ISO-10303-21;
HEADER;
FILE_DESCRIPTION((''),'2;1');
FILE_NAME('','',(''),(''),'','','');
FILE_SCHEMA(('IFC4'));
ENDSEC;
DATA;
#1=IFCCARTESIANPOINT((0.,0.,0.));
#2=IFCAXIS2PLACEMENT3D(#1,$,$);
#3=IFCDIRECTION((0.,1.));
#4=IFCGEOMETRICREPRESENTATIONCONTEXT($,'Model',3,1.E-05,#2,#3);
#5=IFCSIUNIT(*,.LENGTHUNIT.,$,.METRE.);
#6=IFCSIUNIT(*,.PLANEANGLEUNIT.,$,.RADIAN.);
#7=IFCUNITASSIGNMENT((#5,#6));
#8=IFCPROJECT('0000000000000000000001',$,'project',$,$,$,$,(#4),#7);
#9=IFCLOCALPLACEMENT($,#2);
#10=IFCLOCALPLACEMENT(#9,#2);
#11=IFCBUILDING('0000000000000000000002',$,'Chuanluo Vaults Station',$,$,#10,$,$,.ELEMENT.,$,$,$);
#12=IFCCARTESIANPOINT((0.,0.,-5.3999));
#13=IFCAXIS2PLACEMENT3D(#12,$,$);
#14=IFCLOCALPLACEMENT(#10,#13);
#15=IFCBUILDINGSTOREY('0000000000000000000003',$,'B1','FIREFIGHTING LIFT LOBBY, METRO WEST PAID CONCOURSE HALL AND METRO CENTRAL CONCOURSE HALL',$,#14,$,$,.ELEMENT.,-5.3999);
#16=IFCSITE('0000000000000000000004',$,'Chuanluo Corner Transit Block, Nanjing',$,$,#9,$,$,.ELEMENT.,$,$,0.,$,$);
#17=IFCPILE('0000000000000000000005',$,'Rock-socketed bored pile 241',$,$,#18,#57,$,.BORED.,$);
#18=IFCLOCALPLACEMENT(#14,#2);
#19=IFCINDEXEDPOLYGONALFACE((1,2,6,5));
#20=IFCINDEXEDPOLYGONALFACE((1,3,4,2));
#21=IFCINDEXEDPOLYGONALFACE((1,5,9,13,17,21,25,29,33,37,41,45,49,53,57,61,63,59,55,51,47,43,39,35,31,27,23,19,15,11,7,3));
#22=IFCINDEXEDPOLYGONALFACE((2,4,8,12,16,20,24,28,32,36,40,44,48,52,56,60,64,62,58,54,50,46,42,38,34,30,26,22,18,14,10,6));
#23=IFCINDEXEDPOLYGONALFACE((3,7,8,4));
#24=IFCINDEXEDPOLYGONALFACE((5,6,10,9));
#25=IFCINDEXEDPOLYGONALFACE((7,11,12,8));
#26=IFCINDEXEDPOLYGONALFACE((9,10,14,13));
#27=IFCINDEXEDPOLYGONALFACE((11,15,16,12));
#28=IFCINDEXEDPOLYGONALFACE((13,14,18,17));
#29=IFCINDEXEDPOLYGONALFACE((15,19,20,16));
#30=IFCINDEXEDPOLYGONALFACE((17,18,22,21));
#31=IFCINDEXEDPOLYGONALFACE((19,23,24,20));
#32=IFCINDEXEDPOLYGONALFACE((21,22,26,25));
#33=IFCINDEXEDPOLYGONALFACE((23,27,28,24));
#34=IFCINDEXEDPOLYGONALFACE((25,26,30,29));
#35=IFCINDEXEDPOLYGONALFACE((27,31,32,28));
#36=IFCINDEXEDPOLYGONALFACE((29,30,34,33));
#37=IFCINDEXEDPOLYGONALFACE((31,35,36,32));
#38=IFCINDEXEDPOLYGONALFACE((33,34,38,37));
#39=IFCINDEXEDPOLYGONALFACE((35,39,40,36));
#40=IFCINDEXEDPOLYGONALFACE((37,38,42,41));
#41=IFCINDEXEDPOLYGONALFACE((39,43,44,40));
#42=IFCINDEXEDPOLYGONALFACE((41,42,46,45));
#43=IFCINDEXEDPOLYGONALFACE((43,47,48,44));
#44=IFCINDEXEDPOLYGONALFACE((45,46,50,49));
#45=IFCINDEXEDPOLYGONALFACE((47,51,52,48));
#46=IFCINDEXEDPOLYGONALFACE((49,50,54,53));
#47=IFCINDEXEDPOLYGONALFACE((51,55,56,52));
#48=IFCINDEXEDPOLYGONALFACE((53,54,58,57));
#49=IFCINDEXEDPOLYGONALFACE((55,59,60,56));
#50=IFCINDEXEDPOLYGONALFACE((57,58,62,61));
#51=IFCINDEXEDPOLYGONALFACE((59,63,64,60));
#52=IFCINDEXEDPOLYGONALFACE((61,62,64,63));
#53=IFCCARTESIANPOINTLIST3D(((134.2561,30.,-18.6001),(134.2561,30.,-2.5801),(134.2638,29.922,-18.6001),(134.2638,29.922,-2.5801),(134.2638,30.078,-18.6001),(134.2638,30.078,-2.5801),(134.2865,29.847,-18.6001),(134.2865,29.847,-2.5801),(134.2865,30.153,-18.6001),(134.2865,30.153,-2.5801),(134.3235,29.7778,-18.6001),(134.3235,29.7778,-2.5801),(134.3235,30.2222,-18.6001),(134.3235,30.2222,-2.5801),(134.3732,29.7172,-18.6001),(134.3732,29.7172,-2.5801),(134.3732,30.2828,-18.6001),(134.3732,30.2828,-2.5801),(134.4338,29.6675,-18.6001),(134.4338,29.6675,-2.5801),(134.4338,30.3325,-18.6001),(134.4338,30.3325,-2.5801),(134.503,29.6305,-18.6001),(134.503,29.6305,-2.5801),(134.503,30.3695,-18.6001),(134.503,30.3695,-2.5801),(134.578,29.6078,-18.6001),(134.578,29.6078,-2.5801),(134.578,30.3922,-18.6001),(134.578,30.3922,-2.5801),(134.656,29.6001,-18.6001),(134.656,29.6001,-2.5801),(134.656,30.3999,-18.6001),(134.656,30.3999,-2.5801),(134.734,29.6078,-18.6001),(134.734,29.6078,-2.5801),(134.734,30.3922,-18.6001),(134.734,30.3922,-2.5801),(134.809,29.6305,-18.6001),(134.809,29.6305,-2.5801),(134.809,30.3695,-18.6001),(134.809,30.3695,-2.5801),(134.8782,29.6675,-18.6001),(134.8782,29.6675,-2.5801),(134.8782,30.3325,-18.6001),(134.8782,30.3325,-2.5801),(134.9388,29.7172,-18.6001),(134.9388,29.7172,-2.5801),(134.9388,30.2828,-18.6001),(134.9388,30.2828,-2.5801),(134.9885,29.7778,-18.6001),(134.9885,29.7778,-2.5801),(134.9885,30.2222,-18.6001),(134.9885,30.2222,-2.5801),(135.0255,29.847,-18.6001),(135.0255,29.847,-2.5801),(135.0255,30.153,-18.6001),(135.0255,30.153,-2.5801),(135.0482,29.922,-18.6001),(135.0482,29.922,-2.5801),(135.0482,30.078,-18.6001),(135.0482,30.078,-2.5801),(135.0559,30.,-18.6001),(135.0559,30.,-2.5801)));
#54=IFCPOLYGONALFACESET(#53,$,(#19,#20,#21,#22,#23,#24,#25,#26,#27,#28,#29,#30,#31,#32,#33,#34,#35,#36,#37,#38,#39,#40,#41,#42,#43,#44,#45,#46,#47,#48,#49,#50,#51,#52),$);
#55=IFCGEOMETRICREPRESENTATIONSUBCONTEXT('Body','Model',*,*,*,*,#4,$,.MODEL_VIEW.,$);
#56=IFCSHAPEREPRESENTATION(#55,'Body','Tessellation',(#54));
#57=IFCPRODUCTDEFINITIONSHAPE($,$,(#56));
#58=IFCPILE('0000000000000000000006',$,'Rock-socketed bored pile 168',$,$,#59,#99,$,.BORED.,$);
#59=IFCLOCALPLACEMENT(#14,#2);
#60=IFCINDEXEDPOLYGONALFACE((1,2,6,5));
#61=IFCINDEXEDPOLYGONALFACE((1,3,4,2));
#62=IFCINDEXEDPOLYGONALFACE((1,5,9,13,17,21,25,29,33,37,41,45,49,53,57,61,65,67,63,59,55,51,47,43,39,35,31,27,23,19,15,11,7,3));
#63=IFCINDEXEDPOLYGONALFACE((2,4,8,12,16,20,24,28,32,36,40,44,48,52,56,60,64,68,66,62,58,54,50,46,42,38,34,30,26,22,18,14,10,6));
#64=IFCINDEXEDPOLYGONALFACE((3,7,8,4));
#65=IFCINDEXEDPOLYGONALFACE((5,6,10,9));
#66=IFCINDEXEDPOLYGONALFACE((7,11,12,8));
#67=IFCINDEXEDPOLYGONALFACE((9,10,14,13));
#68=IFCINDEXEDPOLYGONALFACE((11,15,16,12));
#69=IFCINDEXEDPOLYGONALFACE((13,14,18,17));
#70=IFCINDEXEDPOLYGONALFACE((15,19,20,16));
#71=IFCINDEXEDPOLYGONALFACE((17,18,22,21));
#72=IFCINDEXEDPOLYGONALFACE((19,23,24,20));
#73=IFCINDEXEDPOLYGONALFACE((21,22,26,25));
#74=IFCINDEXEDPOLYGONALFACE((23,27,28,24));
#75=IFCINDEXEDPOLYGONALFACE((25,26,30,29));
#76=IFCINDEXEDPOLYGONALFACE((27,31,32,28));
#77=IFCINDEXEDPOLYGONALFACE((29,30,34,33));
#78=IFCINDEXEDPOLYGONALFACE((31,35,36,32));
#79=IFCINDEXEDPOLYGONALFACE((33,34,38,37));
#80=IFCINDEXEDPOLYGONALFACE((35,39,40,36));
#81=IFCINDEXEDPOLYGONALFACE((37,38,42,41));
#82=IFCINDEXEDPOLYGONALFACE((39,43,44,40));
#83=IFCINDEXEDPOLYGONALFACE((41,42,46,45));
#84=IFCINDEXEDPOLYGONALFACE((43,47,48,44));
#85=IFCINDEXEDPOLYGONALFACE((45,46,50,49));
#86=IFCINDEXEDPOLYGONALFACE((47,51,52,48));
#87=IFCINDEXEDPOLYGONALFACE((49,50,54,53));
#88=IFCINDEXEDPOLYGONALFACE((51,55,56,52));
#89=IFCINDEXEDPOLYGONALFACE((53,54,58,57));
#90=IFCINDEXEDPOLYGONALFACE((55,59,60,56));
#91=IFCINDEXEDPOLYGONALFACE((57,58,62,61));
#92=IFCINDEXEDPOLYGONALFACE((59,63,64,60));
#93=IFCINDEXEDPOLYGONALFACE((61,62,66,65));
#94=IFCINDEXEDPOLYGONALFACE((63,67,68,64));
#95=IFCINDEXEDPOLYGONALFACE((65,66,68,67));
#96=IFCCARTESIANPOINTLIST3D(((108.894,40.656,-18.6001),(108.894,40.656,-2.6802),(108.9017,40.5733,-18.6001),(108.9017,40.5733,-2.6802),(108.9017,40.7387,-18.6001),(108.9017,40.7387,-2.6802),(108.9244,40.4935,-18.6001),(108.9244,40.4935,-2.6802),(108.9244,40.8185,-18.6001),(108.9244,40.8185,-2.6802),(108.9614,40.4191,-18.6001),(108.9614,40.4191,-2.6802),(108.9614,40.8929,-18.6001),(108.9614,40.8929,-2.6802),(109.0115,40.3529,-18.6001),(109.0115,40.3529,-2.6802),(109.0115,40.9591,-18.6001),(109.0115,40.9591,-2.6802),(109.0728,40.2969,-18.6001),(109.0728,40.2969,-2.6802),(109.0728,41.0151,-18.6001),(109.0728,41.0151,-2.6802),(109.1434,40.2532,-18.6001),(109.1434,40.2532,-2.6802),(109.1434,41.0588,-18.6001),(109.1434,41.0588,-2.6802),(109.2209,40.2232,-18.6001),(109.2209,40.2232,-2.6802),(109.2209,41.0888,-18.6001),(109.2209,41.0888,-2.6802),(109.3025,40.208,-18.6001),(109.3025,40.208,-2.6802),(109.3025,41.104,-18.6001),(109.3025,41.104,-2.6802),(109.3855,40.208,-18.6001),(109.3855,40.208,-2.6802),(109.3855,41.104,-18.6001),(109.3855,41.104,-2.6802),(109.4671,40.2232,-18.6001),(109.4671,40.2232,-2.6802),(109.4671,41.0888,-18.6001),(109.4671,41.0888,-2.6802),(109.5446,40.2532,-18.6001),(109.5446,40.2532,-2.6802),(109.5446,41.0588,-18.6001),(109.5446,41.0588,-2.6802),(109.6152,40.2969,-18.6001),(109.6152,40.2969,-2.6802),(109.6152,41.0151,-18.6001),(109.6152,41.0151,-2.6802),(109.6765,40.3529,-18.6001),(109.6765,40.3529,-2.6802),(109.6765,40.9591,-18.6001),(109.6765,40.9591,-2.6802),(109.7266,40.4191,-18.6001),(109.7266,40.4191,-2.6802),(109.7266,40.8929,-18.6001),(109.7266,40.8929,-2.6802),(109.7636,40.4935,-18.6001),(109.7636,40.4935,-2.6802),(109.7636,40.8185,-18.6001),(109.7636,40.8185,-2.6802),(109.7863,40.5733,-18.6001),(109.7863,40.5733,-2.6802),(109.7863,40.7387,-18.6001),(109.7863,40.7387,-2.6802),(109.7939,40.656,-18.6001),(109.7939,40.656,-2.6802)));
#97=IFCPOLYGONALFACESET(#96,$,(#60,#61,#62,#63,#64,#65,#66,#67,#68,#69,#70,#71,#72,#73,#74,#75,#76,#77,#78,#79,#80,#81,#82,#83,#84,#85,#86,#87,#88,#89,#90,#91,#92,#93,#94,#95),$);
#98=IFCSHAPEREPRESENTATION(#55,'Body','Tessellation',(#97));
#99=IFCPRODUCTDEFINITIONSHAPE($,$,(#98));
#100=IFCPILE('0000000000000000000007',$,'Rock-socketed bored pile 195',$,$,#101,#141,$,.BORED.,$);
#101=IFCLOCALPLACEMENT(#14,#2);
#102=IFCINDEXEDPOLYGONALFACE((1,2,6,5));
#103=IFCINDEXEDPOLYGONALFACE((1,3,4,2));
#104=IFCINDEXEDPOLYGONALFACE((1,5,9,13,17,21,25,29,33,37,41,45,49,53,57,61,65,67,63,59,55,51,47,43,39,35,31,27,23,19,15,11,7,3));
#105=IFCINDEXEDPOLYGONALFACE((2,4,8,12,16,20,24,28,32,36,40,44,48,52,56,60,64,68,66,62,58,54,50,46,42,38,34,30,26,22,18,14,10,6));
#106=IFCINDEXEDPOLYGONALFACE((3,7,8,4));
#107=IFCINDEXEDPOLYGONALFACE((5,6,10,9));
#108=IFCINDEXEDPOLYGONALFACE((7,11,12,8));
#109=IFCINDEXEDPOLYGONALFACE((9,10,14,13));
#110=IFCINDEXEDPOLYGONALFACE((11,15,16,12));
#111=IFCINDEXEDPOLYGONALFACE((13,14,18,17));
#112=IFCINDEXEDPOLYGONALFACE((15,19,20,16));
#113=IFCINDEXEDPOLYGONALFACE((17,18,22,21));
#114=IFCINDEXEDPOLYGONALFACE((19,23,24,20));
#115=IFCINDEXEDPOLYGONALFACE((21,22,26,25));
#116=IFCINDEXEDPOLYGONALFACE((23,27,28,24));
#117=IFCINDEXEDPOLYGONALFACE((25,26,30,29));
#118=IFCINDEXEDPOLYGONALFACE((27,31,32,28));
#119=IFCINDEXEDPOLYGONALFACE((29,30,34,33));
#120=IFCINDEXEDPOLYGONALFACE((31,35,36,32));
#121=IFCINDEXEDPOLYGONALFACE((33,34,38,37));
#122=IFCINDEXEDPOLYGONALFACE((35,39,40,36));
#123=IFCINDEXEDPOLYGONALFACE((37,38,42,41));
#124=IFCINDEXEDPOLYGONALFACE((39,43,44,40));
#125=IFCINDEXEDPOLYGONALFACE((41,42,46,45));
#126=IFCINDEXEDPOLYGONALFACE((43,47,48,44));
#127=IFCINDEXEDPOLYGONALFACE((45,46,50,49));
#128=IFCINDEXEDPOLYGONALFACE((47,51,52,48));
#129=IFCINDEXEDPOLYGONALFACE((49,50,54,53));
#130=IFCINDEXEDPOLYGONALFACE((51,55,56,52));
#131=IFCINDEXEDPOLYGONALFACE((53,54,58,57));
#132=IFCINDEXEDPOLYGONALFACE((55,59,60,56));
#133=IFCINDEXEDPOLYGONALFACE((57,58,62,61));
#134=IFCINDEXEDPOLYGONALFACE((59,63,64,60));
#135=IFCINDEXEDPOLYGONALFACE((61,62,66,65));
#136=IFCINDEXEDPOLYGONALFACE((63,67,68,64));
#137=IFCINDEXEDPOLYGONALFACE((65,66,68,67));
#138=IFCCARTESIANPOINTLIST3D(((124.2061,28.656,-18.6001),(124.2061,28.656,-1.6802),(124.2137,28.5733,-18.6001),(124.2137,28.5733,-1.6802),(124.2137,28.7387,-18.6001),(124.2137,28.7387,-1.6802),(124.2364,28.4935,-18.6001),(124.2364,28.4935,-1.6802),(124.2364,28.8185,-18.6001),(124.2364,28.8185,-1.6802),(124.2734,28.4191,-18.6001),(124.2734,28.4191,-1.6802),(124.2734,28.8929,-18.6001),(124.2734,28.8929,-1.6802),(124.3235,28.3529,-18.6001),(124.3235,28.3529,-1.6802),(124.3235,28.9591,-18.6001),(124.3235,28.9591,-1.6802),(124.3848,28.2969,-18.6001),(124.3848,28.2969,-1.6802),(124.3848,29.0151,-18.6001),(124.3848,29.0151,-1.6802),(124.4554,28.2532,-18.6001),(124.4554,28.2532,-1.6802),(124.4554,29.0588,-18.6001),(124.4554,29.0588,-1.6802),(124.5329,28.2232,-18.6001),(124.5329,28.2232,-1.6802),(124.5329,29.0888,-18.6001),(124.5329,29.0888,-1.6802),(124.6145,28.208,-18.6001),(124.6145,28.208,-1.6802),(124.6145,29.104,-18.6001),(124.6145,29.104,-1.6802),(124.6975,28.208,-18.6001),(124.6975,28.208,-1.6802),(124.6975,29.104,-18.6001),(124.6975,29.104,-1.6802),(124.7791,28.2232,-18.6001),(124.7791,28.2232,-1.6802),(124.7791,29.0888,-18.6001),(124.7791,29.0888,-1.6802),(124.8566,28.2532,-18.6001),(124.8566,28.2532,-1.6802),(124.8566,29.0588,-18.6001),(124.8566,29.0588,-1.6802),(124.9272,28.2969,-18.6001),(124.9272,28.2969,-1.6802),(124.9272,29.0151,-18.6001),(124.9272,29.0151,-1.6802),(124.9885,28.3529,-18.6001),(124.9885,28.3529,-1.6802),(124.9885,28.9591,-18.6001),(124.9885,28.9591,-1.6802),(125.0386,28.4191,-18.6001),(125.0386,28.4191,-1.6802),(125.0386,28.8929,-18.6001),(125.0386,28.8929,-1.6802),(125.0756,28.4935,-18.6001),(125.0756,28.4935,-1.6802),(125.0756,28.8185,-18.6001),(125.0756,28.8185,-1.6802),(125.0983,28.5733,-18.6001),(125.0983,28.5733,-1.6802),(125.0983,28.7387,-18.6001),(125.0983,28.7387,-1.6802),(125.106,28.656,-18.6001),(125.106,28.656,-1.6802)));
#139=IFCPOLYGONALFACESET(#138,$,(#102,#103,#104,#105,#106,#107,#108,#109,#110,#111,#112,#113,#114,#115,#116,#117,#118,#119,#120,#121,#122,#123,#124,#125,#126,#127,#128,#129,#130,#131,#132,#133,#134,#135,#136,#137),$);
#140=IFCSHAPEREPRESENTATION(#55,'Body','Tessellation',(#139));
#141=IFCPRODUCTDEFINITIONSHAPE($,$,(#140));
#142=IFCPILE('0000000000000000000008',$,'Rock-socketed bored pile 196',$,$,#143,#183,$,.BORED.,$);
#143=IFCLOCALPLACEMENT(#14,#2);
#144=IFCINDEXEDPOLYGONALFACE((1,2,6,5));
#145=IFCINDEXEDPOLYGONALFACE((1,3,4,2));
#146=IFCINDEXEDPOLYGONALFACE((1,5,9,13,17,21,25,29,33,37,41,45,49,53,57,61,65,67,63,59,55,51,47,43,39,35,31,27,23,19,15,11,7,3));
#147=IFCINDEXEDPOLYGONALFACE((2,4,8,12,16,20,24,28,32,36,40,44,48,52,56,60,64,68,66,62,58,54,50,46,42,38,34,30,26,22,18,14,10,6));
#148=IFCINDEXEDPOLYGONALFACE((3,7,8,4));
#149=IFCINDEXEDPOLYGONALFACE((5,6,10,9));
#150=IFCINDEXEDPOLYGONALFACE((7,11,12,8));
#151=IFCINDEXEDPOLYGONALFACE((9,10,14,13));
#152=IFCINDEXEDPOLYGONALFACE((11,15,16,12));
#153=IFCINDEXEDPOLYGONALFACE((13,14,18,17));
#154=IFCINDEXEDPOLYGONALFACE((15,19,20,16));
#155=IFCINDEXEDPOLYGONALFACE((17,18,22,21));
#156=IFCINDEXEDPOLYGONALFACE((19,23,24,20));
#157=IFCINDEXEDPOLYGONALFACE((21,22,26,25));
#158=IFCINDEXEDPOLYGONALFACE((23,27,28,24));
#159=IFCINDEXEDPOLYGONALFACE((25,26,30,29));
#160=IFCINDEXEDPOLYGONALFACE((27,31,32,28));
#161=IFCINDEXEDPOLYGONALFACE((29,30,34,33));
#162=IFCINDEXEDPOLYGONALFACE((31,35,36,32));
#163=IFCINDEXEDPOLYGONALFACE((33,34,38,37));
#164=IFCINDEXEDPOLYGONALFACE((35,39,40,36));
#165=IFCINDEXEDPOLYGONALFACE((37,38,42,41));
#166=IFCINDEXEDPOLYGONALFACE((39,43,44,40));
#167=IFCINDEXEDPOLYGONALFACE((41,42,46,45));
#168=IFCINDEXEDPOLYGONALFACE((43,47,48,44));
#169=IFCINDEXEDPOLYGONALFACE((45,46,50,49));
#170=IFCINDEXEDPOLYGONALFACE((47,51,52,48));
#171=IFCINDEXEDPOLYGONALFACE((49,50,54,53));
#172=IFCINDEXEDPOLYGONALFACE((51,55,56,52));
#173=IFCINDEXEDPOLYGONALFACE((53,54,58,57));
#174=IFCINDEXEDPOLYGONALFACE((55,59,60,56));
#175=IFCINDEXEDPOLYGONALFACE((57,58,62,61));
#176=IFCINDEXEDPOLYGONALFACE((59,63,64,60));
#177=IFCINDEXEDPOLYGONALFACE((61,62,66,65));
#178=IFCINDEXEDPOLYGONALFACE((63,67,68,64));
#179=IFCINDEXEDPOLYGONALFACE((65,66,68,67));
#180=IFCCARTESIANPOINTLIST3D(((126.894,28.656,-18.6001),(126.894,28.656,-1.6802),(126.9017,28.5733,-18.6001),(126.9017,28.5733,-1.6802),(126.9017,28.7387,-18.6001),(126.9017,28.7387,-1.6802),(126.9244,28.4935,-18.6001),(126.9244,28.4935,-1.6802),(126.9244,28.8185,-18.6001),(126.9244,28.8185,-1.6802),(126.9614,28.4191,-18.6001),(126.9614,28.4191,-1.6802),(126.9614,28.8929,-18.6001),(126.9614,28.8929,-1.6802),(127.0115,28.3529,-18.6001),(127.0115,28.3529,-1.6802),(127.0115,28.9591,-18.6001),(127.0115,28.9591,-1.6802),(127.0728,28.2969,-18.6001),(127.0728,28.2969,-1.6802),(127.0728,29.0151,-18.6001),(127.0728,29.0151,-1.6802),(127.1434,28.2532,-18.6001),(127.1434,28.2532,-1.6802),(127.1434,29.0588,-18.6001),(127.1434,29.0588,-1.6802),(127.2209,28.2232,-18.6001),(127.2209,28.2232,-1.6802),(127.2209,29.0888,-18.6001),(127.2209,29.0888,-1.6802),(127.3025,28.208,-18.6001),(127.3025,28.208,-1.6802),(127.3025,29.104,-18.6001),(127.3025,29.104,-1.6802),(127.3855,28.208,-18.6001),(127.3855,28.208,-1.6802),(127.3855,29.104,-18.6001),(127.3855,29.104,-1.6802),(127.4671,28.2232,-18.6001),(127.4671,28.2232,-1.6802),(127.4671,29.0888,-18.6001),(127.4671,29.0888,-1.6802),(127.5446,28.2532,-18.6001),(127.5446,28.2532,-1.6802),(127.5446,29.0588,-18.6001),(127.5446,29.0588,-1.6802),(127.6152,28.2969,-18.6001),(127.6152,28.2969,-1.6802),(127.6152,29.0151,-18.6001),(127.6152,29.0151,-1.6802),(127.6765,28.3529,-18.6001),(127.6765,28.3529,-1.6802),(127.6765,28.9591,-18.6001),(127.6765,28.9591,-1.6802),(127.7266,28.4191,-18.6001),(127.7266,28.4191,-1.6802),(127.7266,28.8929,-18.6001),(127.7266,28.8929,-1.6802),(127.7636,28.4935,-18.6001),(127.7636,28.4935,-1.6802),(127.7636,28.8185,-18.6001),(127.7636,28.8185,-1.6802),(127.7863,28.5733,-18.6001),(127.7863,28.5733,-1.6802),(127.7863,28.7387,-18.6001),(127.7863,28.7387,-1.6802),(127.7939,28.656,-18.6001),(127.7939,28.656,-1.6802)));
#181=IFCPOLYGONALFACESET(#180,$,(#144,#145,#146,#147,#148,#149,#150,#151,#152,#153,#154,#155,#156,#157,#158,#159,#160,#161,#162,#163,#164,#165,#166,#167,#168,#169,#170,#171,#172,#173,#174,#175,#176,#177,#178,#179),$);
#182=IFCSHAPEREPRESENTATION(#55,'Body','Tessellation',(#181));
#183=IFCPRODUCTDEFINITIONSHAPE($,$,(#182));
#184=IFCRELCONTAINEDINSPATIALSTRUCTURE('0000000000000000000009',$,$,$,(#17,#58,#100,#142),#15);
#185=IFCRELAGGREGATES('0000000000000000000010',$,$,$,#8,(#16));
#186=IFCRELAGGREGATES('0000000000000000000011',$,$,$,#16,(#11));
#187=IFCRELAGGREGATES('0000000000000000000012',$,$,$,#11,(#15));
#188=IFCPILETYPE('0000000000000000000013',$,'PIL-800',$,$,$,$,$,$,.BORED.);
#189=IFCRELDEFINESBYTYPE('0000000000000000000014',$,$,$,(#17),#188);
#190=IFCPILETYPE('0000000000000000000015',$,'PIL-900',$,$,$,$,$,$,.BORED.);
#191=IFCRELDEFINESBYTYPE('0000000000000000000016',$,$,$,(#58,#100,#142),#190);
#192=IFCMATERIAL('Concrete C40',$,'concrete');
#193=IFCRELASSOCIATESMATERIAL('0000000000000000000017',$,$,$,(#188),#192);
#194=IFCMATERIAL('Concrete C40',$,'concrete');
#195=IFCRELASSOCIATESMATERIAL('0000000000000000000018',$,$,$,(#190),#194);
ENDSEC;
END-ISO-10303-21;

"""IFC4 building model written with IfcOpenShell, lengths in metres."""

from ifc_helpers import new_model, si_unit, direction, frame, origin, origin_2d, place, context, subcontext, project, spatial, circle, extrude, material, material_profile, profile_set, type_object, element, save


model = new_model("IFC4")

# Units and contexts
model_context = context("Model", 3, precision=1e-05, world=origin(), true_north=direction((0.0, 1.0)))
body_context = subcontext(model_context, "Body", "Model", "MODEL_VIEW")
ifc_project = project(units=[si_unit("LENGTHUNIT", "METRE"), si_unit("PLANEANGLEUNIT", "RADIAN")], contexts=[model_context])

# Site, building, storey
site_placement = place(None, origin())
site = spatial("IfcSite", under=ifc_project, at=site_placement, Name="Chuanluo Corner Transit Block, Nanjing", CompositionType="ELEMENT", RefElevation=0.0)
building_placement = place(site_placement, origin())
building = spatial("IfcBuilding", under=site, at=building_placement, Name="Chuanluo Vaults Station", CompositionType="ELEMENT")
storey_placement = place(building_placement, frame((0.0, 0.0, -5.3999)))
storey = spatial("IfcBuildingStorey", under=building, at=storey_placement, Name="B1", Description="FIREFIGHTING LIFT LOBBY, METRO WEST PAID CONCOURSE HALL AND METRO CENTRAL CONCOURSE HALL", CompositionType="ELEMENT", Elevation=-5.3999)

# Piles
ifc_material_1 = material(Name="Concrete C40", Category="concrete")
ifc_material_profile_1 = material_profile(ifc_material_1, circle(Radius=0.3999, at=origin_2d()))
ifc_profile_set_1 = profile_set([ifc_material_profile_1], Name="Concrete C40")
pile_type_1 = type_object("IfcPileType", Name="PIL-800", PredefinedType="BORED", material=ifc_profile_set_1)
for number, where, z_axis, x_axis, name in (
    (1, (134.656, 30.0, -2.5801), (0.0, 0.0, -1.0), (1.0, 0.0, 0.0), "Rock-socketed bored pile 241"),
):
    element("IfcPile", number, at=place(storey_placement, frame(where, z_axis=z_axis, x_axis=x_axis)), inside=storey, type_object=pile_type_1, Name=name, PredefinedType="BORED", context=body_context, shape_type="SweptSolid", body=[
        extrude(circle(Radius=0.3999, at=origin_2d()), origin(), (0.0, 0.0, 1.0), 16.02),
    ])
ifc_material_2 = material(Name="Concrete C40", Category="concrete")
ifc_material_profile_2 = material_profile(ifc_material_2, circle(Radius=0.45, at=origin_2d()))
ifc_profile_set_2 = profile_set([ifc_material_profile_2], Name="Concrete C40")
pile_type_2 = type_object("IfcPileType", Name="PIL-900", PredefinedType="BORED", material=ifc_profile_set_2)
pile_1_placement = place(storey_placement, frame((109.344, 40.656, -2.6802), z_axis=(0.0, 0.0, -1.0), x_axis=(1.0, 0.0, 0.0)))
element("IfcPile", 2, at=pile_1_placement, inside=storey, type_object=pile_type_2, Name="Rock-socketed bored pile 168", PredefinedType="BORED", context=body_context, shape_type="SweptSolid", body=[
    extrude(circle(Radius=0.45, at=origin_2d()), origin(), (0.0, 0.0, 1.0), 15.9199),
])
for number, where, z_axis, x_axis, name in (
    (3, (124.656, 28.656, -1.6802), (0.0, 0.0, -1.0), (1.0, 0.0, 0.0), "Rock-socketed bored pile 195"),
    (4, (127.344, 28.656, -1.6802), (0.0, 0.0, -1.0), (1.0, 0.0, 0.0), "Rock-socketed bored pile 196"),
):
    element("IfcPile", number, at=place(storey_placement, frame(where, z_axis=z_axis, x_axis=x_axis)), inside=storey, type_object=pile_type_2, Name=name, PredefinedType="BORED", context=body_context, shape_type="SweptSolid", body=[
        extrude(circle(Radius=0.45, at=origin_2d()), origin(), (0.0, 0.0, 1.0), 16.9199),
    ])

save(model, "model.ifc")
